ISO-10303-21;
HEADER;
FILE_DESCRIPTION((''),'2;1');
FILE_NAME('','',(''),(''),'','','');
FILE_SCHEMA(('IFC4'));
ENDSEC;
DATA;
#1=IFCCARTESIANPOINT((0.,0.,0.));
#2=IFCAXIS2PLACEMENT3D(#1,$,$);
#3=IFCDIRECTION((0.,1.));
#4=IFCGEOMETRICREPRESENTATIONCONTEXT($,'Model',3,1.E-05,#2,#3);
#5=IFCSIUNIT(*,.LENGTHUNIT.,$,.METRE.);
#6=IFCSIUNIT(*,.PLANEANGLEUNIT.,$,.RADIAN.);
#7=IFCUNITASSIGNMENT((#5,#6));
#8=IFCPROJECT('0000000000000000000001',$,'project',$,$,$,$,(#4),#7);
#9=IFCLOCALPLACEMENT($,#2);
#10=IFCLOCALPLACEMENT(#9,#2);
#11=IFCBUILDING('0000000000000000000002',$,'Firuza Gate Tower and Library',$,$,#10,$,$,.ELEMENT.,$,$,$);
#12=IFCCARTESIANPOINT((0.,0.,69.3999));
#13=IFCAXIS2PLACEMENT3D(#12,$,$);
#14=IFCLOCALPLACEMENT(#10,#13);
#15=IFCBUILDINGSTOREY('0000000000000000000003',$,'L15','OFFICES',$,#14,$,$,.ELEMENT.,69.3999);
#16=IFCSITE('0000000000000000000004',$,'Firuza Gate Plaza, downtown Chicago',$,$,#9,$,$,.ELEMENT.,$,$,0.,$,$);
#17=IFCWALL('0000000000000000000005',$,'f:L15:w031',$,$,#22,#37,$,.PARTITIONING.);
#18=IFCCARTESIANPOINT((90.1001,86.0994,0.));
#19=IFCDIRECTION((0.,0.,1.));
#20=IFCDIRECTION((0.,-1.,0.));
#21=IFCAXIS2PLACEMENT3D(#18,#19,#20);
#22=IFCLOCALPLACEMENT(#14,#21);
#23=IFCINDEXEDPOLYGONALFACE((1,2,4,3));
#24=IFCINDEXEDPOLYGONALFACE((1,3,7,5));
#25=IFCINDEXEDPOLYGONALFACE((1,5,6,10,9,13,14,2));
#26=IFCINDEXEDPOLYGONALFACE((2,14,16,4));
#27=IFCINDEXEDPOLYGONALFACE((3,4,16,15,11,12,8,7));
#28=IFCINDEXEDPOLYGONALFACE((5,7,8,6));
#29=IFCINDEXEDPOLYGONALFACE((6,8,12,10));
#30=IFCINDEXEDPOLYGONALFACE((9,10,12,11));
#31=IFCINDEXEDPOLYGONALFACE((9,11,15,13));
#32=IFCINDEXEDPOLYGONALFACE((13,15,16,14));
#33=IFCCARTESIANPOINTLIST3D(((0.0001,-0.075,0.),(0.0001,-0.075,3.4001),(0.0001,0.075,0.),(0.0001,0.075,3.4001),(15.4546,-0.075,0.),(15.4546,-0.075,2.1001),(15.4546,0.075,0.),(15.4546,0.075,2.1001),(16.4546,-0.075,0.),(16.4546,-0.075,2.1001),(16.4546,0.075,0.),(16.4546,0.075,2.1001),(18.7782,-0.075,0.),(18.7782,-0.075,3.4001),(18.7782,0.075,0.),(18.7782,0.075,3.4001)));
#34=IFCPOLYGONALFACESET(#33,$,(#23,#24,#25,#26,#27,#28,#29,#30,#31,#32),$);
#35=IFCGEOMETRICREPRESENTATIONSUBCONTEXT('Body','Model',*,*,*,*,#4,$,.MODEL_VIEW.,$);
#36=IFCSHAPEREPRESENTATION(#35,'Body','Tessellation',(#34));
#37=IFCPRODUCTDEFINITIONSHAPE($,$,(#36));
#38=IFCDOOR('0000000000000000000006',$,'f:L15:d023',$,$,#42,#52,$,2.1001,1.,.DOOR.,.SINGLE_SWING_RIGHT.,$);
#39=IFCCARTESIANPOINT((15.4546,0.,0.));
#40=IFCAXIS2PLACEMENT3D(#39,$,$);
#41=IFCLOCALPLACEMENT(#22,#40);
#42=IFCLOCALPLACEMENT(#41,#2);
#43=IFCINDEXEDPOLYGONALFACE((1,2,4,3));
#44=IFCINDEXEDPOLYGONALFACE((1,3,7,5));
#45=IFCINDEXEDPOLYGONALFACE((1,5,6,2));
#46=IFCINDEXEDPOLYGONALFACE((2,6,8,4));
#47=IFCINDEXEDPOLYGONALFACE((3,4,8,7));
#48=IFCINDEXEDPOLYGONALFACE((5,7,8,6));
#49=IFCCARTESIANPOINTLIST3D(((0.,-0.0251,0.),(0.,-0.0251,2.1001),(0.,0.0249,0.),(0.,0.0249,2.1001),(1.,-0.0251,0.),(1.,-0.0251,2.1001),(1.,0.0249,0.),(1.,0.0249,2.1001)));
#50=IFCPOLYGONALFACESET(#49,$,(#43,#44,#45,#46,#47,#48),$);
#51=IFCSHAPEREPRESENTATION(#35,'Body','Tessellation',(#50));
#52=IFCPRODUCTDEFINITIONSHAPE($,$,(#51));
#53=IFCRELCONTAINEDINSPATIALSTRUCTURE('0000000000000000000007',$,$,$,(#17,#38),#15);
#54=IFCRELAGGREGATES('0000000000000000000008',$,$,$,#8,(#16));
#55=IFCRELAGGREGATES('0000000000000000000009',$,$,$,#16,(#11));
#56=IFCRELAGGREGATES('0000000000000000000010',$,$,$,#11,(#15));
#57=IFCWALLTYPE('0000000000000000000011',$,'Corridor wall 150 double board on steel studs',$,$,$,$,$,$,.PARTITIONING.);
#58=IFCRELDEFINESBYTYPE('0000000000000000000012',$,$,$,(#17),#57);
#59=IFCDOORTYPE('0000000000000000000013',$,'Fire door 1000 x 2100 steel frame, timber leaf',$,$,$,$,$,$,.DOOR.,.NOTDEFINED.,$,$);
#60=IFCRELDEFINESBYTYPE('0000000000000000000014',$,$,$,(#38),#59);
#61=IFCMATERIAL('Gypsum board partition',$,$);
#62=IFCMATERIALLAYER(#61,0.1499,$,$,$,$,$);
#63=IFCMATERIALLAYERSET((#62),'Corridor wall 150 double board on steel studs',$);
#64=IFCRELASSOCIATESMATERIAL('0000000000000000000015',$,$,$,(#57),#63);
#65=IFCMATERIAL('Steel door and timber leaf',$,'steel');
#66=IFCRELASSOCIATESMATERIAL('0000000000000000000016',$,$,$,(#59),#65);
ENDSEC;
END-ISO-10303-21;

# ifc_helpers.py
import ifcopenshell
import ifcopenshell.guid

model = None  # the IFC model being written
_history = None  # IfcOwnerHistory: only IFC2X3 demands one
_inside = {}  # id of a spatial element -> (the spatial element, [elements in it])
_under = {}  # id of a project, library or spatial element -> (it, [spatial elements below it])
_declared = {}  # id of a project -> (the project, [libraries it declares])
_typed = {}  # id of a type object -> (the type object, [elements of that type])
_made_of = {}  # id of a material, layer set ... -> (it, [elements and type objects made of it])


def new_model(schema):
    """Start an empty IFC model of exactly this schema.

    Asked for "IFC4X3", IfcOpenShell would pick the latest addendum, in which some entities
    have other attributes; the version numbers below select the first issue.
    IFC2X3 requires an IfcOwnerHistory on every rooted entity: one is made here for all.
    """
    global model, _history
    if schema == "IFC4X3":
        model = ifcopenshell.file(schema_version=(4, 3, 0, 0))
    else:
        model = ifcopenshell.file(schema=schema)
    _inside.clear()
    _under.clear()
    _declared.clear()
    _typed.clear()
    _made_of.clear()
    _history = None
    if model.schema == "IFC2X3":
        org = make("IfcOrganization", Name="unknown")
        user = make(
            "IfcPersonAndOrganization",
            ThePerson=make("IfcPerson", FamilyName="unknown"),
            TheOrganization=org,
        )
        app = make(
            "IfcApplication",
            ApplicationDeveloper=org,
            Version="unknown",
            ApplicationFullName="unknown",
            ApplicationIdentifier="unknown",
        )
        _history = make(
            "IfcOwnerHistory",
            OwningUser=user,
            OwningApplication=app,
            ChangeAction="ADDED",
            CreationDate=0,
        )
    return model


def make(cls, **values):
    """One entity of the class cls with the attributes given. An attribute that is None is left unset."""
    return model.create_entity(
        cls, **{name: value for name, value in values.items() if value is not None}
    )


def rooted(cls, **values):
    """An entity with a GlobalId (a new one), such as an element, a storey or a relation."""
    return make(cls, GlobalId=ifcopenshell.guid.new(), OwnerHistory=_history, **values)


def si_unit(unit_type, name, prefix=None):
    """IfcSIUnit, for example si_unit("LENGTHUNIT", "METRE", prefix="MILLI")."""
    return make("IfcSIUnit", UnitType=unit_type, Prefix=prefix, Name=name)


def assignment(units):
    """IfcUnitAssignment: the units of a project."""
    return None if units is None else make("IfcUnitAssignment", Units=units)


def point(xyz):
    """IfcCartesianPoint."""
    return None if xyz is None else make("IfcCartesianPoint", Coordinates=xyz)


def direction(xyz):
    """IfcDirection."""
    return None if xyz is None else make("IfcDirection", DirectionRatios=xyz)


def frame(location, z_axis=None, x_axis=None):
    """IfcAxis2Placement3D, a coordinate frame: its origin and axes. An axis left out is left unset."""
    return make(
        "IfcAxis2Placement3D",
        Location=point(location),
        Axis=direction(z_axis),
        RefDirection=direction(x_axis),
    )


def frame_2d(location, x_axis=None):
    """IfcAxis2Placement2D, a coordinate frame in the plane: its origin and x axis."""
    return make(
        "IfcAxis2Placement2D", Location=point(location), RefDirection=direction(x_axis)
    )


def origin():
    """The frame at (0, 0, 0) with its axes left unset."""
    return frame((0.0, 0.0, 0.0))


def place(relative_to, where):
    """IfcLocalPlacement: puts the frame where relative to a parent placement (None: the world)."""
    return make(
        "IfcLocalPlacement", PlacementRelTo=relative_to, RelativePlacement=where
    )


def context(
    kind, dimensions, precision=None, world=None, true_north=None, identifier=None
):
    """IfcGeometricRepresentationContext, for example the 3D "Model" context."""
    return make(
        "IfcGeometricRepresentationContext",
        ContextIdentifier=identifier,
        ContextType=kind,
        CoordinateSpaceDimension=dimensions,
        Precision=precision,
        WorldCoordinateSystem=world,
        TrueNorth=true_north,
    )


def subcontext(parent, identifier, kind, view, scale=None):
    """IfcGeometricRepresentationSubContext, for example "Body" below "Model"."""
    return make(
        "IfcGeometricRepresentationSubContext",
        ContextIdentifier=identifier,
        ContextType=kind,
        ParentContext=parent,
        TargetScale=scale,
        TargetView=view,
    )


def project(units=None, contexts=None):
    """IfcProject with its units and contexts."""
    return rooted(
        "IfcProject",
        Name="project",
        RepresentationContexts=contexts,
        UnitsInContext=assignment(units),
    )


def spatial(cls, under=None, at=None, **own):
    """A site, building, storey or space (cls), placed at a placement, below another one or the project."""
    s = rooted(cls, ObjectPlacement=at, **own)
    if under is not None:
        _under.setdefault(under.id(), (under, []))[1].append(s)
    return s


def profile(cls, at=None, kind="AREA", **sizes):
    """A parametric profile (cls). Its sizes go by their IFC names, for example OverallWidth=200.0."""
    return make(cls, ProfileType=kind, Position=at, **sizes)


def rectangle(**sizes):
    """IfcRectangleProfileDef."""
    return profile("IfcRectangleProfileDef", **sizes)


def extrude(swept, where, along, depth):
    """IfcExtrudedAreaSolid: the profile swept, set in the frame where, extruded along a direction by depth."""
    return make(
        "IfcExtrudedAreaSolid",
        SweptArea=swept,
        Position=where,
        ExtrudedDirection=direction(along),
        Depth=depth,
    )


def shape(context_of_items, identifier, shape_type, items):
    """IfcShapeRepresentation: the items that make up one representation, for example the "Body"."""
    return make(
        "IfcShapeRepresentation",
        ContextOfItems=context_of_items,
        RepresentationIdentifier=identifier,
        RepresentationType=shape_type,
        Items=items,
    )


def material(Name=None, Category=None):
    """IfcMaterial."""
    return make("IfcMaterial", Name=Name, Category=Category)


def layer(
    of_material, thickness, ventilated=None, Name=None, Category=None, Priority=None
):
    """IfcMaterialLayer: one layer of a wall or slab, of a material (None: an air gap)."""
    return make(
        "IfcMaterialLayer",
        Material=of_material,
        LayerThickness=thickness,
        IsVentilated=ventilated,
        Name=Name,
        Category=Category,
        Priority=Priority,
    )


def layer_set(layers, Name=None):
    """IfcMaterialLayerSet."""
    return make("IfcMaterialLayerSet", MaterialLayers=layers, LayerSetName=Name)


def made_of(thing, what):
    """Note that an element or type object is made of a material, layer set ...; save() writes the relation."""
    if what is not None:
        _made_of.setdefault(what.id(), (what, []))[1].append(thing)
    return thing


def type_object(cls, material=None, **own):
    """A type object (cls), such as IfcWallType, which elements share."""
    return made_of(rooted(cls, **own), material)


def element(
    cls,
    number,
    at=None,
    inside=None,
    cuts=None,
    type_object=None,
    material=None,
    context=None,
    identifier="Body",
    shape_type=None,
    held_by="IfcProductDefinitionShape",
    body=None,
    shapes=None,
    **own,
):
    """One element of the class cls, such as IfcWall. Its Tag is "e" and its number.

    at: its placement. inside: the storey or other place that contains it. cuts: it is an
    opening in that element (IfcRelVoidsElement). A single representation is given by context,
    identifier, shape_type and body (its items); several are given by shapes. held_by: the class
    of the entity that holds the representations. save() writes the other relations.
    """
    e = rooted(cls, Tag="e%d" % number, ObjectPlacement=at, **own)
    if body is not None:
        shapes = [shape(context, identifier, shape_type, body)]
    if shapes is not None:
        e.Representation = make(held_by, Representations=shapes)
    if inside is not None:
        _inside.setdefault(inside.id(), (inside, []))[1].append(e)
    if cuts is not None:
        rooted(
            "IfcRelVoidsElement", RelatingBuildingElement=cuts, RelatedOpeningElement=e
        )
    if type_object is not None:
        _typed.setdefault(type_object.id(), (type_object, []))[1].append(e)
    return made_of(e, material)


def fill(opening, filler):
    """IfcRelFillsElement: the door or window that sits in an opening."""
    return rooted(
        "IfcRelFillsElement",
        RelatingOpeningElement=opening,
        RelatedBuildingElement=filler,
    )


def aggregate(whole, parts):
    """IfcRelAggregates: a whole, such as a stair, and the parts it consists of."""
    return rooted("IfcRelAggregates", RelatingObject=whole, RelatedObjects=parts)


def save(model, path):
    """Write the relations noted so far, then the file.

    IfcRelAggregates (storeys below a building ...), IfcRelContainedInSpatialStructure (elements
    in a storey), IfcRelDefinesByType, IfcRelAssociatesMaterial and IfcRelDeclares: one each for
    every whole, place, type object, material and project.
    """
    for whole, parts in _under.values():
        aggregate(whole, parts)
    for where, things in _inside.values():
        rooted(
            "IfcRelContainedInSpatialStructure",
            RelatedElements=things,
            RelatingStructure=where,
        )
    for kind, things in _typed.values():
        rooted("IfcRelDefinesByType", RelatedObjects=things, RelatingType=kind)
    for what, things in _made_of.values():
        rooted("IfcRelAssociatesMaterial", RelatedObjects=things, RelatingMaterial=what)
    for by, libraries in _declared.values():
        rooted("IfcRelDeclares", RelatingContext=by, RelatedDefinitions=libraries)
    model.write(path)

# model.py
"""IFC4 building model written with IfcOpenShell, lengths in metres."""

from ifc_helpers import new_model, si_unit, direction, frame, frame_2d, origin, place, context, subcontext, project, spatial, rectangle, extrude, material, layer, layer_set, type_object, element, fill, save


model = new_model("IFC4")

# Units and contexts
model_context = context("Model", 3, precision=1e-05, world=origin(), true_north=direction((0.0, 1.0)))
body_context = subcontext(model_context, "Body", "Model", "MODEL_VIEW")
ifc_project = project(units=[si_unit("LENGTHUNIT", "METRE"), si_unit("PLANEANGLEUNIT", "RADIAN")], contexts=[model_context])

# Site, building, storey
site_placement = place(None, origin())
site = spatial("IfcSite", under=ifc_project, at=site_placement, Name="Firuza Gate Plaza, downtown Chicago", CompositionType="ELEMENT", RefElevation=0.0)
building_placement = place(site_placement, origin())
building = spatial("IfcBuilding", under=site, at=building_placement, Name="Firuza Gate Tower and Library", CompositionType="ELEMENT")
storey_placement = place(building_placement, frame((0.0, 0.0, 69.3999)))
storey = spatial("IfcBuildingStorey", under=building, at=storey_placement, Name="L15", Description="OFFICES", CompositionType="ELEMENT", Elevation=69.3999)

# Wall, opening, door
ifc_material_1 = material(Name="Gypsum board partition")
ifc_layer_1 = layer(ifc_material_1, 0.1499)
ifc_layer_set_1 = layer_set([ifc_layer_1], Name="Corridor wall 150 double board on steel studs")
wall_type_1 = type_object("IfcWallType", Name="Corridor wall 150 double board on steel studs", PredefinedType="PARTITIONING", material=ifc_layer_set_1)
wall_1_placement = place(storey_placement, frame((90.1001, 86.0994, 0.0), z_axis=(0.0, 0.0, 1.0), x_axis=(0.0, -1.0, 0.0)))
wall_1 = element("IfcWall", 1, at=wall_1_placement, inside=storey, type_object=wall_type_1, Name="f:L15:w031", PredefinedType="PARTITIONING", context=body_context, shape_type="SweptSolid", body=[
    extrude(rectangle(XDim=18.7781, YDim=0.1499, at=frame_2d((9.3892, 0.0))), origin(), (0.0, 0.0, 1.0), 3.4001),
])
opening_1_placement = place(wall_1_placement, frame((15.4546, 0.0, 0.0)))
opening_1 = element("IfcOpeningElement", 2, at=opening_1_placement, cuts=wall_1, PredefinedType="OPENING", context=body_context, shape_type="SweptSolid", body=[
    extrude(rectangle(XDim=1.0, YDim=2.1001, at=frame_2d((0.5, 1.05))), frame((0.0, 0.085, 0.0), z_axis=(0.0, -1.0, 0.0), x_axis=(1.0, 0.0, 0.0)), (0.0, 0.0, 1.0), 0.1699),
])
ifc_material_2 = material(Name="Steel door and timber leaf", Category="steel")
door_type_1 = type_object("IfcDoorType", Name="Fire door 1000 x 2100 steel frame, timber leaf", OperationType="NOTDEFINED", PredefinedType="DOOR", material=ifc_material_2)
door_1_placement = place(opening_1_placement, origin())
door_1 = element("IfcDoor", 3, at=door_1_placement, inside=storey, type_object=door_type_1, Name="f:L15:d023", OperationType="SINGLE_SWING_RIGHT", OverallHeight=2.1001, OverallWidth=1.0, PredefinedType="DOOR", context=body_context, shape_type="SweptSolid", body=[
    extrude(rectangle(XDim=1.0, YDim=2.1001, at=frame_2d((0.5, 1.05))), frame((0.0, 0.0249, 0.0), z_axis=(0.0, -1.0, 0.0), x_axis=(1.0, 0.0, 0.0)), (0.0, 0.0, 1.0), 0.05),
])
fill(opening_1, door_1)

save(model, "model.ifc")
